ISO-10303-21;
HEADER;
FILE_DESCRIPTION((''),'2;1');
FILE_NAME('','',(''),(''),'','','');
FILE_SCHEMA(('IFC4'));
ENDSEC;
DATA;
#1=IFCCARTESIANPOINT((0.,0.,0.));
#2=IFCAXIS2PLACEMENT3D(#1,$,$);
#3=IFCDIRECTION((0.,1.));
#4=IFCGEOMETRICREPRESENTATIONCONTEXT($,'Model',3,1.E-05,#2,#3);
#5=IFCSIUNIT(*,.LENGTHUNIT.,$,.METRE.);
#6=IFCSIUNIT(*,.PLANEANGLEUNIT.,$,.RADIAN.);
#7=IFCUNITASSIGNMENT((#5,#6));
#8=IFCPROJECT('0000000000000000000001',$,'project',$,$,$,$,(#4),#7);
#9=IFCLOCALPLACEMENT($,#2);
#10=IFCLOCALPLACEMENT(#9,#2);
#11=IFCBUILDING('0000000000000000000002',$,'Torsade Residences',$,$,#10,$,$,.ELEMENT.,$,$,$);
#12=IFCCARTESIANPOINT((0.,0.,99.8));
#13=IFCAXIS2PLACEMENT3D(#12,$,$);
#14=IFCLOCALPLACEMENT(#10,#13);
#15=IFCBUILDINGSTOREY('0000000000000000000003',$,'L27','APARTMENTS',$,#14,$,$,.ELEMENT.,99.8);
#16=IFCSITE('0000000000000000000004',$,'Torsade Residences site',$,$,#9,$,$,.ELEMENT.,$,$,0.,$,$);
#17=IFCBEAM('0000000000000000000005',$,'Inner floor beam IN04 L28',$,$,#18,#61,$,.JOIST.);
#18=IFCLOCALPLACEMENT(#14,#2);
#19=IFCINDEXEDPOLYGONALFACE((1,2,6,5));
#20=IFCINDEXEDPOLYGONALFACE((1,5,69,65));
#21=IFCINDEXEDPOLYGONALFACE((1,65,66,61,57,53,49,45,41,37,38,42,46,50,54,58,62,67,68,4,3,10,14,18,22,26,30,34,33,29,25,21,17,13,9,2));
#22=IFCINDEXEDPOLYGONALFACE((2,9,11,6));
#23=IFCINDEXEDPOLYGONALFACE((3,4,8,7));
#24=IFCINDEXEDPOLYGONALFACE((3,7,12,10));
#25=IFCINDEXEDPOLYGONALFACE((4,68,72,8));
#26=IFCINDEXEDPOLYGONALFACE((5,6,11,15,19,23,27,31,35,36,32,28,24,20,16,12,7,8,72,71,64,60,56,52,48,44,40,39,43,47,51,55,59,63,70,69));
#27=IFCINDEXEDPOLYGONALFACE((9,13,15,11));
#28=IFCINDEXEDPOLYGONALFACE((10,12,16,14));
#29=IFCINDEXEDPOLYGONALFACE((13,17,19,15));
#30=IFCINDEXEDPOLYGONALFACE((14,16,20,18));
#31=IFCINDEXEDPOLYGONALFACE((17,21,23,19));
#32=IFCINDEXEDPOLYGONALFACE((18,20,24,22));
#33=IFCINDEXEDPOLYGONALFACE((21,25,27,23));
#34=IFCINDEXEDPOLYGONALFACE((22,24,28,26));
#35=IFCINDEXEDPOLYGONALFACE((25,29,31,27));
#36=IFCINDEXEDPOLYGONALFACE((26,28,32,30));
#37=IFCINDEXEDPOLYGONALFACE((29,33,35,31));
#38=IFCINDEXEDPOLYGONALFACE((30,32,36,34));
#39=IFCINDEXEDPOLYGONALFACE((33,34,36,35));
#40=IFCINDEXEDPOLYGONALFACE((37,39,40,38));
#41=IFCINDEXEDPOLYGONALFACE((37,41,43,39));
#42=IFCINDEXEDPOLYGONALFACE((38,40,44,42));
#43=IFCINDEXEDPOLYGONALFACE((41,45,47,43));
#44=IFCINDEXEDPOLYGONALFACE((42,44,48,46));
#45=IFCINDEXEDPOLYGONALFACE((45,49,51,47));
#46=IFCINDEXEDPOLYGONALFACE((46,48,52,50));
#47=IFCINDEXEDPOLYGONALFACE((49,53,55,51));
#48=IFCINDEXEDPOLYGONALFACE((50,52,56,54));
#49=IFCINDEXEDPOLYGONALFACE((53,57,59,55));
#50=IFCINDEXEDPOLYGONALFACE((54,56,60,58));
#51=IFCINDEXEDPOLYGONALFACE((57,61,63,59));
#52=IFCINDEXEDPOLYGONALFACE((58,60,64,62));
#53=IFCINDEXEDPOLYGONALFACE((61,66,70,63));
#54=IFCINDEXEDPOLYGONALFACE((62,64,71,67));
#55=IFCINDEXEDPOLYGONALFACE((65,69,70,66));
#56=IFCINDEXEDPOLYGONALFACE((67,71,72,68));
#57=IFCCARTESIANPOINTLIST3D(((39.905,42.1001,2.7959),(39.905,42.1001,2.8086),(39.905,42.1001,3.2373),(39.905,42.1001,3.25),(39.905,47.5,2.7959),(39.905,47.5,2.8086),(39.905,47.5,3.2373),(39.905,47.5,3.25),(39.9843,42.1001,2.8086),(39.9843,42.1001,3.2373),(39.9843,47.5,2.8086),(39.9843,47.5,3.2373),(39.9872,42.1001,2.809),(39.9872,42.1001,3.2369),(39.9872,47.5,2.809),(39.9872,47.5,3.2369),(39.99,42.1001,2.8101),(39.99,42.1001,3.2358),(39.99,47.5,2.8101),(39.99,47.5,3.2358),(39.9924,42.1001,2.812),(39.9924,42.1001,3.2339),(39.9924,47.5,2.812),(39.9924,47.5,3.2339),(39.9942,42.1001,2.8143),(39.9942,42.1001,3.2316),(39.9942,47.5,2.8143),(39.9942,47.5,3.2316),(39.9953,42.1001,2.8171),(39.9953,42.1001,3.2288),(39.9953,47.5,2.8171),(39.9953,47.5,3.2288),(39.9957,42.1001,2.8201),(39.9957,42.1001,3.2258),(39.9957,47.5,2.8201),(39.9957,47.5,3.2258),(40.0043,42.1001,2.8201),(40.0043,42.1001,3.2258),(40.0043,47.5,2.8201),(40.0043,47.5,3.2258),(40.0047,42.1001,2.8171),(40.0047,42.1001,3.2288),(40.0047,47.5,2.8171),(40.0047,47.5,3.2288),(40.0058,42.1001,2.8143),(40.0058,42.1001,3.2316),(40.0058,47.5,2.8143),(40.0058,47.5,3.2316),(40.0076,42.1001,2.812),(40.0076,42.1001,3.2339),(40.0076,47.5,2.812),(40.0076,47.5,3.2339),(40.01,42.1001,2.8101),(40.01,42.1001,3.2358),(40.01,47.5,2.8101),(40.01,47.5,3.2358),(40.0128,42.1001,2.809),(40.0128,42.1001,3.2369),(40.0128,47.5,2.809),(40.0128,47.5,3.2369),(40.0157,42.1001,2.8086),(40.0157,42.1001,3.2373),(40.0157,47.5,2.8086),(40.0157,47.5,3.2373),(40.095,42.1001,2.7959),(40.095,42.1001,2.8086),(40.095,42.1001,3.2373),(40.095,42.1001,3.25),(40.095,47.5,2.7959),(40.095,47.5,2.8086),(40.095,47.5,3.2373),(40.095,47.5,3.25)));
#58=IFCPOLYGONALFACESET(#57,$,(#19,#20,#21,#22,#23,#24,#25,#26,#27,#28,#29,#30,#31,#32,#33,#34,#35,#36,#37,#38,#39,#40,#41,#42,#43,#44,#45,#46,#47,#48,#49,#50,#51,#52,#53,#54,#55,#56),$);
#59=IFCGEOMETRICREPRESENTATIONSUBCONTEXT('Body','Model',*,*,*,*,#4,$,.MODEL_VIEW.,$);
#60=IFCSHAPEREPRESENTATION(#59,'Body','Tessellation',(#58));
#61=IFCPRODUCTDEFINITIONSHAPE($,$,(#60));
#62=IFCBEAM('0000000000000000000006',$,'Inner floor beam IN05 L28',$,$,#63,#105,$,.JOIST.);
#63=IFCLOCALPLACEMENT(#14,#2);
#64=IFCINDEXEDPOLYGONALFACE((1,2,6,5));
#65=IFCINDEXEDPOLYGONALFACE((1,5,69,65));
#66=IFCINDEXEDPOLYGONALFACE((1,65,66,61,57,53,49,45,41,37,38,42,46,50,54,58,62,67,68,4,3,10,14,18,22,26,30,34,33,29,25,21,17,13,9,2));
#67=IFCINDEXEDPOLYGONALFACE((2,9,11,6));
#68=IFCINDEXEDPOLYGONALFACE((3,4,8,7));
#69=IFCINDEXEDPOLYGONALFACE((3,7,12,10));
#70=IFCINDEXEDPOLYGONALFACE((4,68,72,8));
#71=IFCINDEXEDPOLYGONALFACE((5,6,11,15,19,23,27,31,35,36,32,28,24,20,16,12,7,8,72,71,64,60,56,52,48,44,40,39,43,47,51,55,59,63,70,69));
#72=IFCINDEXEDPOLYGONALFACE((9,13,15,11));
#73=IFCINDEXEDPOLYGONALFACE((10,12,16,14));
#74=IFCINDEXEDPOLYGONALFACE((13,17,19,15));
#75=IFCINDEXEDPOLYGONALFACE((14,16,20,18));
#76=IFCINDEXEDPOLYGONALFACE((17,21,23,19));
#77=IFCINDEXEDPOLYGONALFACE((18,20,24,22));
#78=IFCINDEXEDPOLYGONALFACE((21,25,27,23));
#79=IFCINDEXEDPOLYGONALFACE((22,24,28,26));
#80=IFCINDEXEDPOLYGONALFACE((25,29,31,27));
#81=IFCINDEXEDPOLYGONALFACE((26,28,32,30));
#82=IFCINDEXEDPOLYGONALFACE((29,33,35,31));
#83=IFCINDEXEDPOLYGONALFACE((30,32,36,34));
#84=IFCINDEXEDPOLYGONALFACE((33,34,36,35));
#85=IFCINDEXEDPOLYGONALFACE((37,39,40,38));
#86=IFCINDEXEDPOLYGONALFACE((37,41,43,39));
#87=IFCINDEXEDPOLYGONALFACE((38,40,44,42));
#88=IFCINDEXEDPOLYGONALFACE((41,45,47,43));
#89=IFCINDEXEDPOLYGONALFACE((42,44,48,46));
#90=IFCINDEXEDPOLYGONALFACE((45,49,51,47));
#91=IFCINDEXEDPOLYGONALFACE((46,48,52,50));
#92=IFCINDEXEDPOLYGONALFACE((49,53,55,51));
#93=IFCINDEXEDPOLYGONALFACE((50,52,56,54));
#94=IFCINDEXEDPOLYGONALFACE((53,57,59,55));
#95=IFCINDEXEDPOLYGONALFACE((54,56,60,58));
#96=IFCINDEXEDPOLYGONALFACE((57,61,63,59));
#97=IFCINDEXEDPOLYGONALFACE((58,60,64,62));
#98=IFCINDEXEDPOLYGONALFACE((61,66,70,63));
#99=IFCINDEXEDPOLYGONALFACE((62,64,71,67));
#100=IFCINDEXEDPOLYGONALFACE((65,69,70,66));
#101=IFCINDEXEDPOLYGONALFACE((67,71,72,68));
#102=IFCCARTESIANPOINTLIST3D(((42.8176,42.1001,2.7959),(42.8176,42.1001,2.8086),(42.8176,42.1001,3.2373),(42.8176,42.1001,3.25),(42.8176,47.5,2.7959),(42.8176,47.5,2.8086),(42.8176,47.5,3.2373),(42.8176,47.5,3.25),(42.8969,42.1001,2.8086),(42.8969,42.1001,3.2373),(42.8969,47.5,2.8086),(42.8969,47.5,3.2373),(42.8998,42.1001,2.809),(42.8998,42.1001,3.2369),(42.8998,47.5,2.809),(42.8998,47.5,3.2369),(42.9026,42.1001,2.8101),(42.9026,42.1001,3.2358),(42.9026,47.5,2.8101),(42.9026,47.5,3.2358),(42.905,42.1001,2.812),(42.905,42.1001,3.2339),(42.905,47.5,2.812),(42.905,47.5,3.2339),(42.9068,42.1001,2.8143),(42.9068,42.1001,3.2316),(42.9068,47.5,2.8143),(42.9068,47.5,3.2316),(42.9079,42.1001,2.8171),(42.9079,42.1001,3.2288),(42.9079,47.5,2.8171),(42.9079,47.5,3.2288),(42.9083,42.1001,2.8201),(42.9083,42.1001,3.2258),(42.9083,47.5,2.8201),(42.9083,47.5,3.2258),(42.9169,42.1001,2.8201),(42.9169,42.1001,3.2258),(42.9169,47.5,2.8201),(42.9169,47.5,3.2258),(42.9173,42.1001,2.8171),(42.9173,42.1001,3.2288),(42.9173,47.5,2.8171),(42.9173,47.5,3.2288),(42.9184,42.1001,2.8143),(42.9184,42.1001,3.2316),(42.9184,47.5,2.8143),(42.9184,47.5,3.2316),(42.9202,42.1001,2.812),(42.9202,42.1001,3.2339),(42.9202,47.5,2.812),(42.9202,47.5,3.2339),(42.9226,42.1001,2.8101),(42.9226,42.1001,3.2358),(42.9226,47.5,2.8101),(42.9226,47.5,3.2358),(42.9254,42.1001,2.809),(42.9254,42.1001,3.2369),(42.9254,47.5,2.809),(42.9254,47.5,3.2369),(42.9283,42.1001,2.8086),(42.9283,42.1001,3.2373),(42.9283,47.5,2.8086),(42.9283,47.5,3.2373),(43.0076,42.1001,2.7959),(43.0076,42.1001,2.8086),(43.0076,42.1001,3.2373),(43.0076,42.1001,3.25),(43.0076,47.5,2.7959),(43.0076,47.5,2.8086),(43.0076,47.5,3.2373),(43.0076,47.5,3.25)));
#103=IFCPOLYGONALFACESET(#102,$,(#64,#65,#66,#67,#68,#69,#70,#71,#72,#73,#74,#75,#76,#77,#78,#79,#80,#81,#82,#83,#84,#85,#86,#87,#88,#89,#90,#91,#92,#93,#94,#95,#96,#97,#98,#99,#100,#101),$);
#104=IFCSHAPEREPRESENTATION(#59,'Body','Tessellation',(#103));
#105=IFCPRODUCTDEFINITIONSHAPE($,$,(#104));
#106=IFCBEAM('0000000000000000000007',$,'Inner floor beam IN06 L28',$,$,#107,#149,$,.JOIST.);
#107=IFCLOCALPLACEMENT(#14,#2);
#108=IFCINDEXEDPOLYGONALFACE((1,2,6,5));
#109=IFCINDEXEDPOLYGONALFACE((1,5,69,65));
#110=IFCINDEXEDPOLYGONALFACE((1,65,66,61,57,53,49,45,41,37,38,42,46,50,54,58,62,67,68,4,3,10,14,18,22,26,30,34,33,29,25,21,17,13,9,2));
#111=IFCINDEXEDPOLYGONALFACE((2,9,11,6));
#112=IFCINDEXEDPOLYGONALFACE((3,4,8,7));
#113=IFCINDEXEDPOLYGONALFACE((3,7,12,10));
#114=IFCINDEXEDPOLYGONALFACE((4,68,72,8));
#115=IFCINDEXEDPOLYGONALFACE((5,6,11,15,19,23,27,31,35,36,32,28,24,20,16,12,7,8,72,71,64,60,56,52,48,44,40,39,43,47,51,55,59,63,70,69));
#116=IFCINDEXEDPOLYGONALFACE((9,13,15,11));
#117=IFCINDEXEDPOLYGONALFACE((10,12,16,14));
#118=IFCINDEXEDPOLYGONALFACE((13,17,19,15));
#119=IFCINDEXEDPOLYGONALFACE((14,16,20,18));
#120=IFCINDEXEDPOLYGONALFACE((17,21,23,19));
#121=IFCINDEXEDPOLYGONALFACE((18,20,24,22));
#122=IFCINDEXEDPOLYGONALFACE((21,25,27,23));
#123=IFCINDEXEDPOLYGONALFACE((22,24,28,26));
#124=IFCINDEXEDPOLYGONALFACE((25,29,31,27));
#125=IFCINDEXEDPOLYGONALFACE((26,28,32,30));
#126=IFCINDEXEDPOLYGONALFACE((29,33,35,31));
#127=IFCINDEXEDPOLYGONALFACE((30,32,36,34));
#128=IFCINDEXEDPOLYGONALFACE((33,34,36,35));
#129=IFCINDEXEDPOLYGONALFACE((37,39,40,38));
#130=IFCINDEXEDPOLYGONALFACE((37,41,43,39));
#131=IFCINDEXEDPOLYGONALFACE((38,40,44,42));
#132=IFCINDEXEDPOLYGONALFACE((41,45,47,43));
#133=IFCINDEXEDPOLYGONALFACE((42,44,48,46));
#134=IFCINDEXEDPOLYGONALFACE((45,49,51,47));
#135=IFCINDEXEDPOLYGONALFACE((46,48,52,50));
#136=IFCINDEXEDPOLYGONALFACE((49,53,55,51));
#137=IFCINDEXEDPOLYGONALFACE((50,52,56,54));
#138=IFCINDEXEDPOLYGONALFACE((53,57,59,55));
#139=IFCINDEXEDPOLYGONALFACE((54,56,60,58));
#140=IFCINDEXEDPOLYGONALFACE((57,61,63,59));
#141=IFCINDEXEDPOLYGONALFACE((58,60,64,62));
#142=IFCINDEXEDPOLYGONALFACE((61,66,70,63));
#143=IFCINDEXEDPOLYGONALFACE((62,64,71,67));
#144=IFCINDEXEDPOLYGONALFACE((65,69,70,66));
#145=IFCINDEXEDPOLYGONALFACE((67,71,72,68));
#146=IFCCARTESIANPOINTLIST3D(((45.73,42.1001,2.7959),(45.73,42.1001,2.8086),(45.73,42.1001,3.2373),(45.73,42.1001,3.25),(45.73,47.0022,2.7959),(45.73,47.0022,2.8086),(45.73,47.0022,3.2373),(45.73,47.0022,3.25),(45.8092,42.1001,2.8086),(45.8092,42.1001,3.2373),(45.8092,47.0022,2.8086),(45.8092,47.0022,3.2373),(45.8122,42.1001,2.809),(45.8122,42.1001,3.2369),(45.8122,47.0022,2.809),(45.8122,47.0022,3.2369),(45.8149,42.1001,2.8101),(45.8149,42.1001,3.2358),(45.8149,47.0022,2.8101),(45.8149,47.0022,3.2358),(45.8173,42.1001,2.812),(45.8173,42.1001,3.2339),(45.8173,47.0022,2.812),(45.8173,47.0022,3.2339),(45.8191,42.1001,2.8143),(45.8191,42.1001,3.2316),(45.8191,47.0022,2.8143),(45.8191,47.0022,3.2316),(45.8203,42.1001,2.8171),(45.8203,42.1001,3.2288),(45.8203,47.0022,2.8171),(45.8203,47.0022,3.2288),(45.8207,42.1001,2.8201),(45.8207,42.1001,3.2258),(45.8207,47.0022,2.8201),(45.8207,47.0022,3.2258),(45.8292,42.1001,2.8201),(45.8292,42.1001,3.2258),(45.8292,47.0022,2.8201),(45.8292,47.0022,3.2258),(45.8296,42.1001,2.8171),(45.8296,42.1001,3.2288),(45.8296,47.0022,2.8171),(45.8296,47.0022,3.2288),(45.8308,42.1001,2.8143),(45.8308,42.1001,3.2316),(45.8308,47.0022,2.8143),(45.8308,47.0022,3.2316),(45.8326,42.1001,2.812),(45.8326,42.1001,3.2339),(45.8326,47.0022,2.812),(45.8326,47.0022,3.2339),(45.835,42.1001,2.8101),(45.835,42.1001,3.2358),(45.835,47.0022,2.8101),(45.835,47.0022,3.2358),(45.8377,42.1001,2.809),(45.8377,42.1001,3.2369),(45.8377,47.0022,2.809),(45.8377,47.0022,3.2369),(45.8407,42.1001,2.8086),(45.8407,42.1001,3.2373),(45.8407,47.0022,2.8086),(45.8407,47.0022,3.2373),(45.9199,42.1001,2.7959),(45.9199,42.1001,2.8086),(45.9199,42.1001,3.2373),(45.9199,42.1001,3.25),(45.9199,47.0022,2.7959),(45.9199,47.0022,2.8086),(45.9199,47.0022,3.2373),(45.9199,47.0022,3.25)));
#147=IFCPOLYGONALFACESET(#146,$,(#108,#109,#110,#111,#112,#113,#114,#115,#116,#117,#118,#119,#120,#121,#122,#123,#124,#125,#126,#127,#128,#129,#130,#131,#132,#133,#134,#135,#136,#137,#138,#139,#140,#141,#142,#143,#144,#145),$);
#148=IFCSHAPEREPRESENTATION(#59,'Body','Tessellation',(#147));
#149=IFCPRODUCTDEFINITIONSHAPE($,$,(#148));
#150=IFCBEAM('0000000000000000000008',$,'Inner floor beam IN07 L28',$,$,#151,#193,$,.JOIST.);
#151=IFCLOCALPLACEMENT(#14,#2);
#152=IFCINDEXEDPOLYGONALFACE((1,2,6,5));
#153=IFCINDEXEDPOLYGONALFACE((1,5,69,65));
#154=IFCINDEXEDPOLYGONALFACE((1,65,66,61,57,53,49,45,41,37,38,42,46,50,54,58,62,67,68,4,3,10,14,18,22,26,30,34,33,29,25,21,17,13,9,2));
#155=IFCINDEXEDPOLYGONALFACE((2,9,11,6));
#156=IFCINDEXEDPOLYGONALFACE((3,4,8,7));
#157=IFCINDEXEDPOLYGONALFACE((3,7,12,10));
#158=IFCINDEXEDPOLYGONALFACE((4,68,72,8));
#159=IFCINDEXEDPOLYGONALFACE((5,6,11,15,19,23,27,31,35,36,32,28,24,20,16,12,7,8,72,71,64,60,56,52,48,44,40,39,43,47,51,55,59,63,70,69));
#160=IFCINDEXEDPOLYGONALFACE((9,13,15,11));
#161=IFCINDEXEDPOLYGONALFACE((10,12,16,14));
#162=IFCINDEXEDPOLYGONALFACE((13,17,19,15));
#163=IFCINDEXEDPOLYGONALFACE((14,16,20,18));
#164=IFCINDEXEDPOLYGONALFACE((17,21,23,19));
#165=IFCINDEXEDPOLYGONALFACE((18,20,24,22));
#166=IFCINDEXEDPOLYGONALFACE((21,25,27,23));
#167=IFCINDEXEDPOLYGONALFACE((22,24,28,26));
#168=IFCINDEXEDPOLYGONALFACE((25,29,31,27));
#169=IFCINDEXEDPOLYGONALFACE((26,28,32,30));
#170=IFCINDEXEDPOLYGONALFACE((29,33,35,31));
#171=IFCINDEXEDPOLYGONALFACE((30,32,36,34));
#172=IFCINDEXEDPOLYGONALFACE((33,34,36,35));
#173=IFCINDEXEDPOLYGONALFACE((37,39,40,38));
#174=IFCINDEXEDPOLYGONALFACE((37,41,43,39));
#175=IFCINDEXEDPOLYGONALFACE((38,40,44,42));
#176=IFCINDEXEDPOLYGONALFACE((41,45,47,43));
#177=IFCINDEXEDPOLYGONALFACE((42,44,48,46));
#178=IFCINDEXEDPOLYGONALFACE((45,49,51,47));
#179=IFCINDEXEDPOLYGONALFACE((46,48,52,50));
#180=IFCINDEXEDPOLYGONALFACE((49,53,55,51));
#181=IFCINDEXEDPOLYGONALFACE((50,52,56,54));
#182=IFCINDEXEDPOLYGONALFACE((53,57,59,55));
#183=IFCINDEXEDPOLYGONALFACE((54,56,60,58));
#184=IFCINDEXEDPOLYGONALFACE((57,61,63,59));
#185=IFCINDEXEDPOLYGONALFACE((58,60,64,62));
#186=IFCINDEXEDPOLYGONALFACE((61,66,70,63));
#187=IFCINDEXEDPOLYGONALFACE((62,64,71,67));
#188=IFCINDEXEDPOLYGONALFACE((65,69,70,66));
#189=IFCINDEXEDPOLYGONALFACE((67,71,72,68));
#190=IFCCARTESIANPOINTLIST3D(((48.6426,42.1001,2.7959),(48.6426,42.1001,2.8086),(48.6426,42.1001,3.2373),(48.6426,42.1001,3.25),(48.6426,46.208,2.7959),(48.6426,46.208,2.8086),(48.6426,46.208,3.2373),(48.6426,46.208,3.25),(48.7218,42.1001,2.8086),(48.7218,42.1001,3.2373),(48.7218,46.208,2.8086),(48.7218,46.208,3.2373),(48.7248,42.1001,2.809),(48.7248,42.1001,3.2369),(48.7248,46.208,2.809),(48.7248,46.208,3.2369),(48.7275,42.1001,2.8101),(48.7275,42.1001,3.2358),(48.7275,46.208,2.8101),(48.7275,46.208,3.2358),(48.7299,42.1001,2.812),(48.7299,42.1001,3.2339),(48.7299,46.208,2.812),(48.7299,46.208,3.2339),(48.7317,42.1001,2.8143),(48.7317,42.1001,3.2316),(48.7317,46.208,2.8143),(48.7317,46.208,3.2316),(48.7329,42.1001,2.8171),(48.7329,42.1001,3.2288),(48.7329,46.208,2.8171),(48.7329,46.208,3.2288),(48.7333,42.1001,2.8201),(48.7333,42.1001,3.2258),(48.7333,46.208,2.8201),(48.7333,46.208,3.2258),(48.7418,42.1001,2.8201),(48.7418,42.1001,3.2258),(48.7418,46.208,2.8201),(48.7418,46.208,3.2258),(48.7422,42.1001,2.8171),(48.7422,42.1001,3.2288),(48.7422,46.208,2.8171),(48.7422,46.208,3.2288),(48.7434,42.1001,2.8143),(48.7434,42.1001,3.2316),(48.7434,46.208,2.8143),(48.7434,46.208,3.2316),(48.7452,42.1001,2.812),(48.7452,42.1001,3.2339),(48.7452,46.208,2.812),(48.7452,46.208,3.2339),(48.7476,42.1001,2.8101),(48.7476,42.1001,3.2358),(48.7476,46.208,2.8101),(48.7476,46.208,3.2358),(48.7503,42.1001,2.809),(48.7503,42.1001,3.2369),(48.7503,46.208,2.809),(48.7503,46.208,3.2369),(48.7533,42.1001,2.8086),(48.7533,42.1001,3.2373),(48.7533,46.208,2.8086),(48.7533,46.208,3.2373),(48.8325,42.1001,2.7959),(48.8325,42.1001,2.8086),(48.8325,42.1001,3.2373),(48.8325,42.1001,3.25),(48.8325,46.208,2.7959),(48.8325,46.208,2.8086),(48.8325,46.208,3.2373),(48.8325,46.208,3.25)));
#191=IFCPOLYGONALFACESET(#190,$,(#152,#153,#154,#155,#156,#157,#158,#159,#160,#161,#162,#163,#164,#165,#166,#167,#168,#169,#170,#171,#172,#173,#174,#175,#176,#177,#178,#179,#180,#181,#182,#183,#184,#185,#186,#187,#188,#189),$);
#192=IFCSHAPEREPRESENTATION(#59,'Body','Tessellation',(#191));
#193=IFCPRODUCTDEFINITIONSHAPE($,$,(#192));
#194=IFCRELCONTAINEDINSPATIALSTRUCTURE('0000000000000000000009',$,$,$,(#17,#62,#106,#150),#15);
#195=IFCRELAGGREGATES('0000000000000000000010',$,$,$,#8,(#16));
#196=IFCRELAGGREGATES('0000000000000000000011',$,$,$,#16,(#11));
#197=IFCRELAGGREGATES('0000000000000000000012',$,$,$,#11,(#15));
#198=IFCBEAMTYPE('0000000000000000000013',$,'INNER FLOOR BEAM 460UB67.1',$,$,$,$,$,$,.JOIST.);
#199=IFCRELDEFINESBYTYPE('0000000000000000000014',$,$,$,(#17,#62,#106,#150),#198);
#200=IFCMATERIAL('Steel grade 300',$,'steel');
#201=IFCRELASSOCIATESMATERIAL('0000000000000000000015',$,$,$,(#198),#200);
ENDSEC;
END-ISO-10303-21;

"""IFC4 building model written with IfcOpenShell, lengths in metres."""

from ifc_helpers import new_model, si_unit, direction, frame, origin, origin_2d, place, context, subcontext, project, spatial, i_section, extrude, material, material_profile, profile_set, type_object, element, save


model = new_model("IFC4")

# Units and contexts
model_context = context("Model", 3, precision=1e-05, world=origin(), true_north=direction((0.0, 1.0)))
body_context = subcontext(model_context, "Body", "Model", "MODEL_VIEW")
ifc_project = project(units=[si_unit("LENGTHUNIT", "METRE"), si_unit("PLANEANGLEUNIT", "RADIAN")], contexts=[model_context])

# Site, building, storey
site_placement = place(None, origin())
site = spatial("IfcSite", under=ifc_project, at=site_placement, Name="Torsade Residences site", CompositionType="ELEMENT", RefElevation=0.0)
building_placement = place(site_placement, origin())
building = spatial("IfcBuilding", under=site, at=building_placement, Name="Torsade Residences", CompositionType="ELEMENT")
storey_placement = place(building_placement, frame((0.0, 0.0, 99.8)))
storey = spatial("IfcBuildingStorey", under=building, at=storey_placement, Name="L27", Description="APARTMENTS", CompositionType="ELEMENT", Elevation=99.8)

# Beams
ifc_material_1 = material(Name="Steel grade 300", Category="steel")
ifc_material_profile = material_profile(ifc_material_1, i_section(OverallWidth=0.1899, OverallDepth=0.4541, WebThickness=0.0085, FlangeThickness=0.0127, FilletRadius=0.0115, at=origin_2d()), Name="460UB67.1")
ifc_profile_set = profile_set([ifc_material_profile], Name="Steel grade 300")
beam_type = type_object("IfcBeamType", Name="INNER FLOOR BEAM 460UB67.1", PredefinedType="JOIST", material=ifc_profile_set)
for number, where, z_axis, x_axis, name in (
    (1, (40.0, 42.1001, 3.0229), (0.0, 1.0, 0.0), (-1.0, 0.0, 0.0), "Inner floor beam IN04 L28"),
    (2, (42.9126, 42.1001, 3.0229), (0.0, 1.0, 0.0), (-1.0, 0.0, 0.0), "Inner floor beam IN05 L28"),
):
    element("IfcBeam", number, at=place(storey_placement, frame(where, z_axis=z_axis, x_axis=x_axis)), inside=storey, type_object=beam_type, Name=name, PredefinedType="JOIST", context=body_context, shape_type="SweptSolid", body=[
        extrude(i_section(OverallWidth=0.1899, OverallDepth=0.4541, WebThickness=0.0085, FlangeThickness=0.0127, FilletRadius=0.0115, at=origin_2d()), origin(), (0.0, 0.0, 1.0), 5.3999),
    ])
beam_1_placement = place(storey_placement, frame((45.825, 42.1001, 3.0229), z_axis=(0.0, 1.0, 0.0), x_axis=(-1.0, 0.0, 0.0)))
element("IfcBeam", 3, at=beam_1_placement, inside=storey, type_object=beam_type, Name="Inner floor beam IN06 L28", PredefinedType="JOIST", context=body_context, shape_type="SweptSolid", body=[
    extrude(i_section(OverallWidth=0.1899, OverallDepth=0.4541, WebThickness=0.0085, FlangeThickness=0.0127, FilletRadius=0.0115, at=origin_2d()), origin(), (0.0, 0.0, 1.0), 4.9021),
])
beam_2_placement = place(storey_placement, frame((48.7375, 42.1001, 3.0229), z_axis=(0.0, 1.0, 0.0), x_axis=(-1.0, 0.0, 0.0)))
element("IfcBeam", 4, at=beam_2_placement, inside=storey, type_object=beam_type, Name="Inner floor beam IN07 L28", PredefinedType="JOIST", context=body_context, shape_type="SweptSolid", body=[
    extrude(i_section(OverallWidth=0.1899, OverallDepth=0.4541, WebThickness=0.0085, FlangeThickness=0.0127, FilletRadius=0.0115, at=origin_2d()), origin(), (0.0, 0.0, 1.0), 4.1079),
])

save(model, "model.ifc")
